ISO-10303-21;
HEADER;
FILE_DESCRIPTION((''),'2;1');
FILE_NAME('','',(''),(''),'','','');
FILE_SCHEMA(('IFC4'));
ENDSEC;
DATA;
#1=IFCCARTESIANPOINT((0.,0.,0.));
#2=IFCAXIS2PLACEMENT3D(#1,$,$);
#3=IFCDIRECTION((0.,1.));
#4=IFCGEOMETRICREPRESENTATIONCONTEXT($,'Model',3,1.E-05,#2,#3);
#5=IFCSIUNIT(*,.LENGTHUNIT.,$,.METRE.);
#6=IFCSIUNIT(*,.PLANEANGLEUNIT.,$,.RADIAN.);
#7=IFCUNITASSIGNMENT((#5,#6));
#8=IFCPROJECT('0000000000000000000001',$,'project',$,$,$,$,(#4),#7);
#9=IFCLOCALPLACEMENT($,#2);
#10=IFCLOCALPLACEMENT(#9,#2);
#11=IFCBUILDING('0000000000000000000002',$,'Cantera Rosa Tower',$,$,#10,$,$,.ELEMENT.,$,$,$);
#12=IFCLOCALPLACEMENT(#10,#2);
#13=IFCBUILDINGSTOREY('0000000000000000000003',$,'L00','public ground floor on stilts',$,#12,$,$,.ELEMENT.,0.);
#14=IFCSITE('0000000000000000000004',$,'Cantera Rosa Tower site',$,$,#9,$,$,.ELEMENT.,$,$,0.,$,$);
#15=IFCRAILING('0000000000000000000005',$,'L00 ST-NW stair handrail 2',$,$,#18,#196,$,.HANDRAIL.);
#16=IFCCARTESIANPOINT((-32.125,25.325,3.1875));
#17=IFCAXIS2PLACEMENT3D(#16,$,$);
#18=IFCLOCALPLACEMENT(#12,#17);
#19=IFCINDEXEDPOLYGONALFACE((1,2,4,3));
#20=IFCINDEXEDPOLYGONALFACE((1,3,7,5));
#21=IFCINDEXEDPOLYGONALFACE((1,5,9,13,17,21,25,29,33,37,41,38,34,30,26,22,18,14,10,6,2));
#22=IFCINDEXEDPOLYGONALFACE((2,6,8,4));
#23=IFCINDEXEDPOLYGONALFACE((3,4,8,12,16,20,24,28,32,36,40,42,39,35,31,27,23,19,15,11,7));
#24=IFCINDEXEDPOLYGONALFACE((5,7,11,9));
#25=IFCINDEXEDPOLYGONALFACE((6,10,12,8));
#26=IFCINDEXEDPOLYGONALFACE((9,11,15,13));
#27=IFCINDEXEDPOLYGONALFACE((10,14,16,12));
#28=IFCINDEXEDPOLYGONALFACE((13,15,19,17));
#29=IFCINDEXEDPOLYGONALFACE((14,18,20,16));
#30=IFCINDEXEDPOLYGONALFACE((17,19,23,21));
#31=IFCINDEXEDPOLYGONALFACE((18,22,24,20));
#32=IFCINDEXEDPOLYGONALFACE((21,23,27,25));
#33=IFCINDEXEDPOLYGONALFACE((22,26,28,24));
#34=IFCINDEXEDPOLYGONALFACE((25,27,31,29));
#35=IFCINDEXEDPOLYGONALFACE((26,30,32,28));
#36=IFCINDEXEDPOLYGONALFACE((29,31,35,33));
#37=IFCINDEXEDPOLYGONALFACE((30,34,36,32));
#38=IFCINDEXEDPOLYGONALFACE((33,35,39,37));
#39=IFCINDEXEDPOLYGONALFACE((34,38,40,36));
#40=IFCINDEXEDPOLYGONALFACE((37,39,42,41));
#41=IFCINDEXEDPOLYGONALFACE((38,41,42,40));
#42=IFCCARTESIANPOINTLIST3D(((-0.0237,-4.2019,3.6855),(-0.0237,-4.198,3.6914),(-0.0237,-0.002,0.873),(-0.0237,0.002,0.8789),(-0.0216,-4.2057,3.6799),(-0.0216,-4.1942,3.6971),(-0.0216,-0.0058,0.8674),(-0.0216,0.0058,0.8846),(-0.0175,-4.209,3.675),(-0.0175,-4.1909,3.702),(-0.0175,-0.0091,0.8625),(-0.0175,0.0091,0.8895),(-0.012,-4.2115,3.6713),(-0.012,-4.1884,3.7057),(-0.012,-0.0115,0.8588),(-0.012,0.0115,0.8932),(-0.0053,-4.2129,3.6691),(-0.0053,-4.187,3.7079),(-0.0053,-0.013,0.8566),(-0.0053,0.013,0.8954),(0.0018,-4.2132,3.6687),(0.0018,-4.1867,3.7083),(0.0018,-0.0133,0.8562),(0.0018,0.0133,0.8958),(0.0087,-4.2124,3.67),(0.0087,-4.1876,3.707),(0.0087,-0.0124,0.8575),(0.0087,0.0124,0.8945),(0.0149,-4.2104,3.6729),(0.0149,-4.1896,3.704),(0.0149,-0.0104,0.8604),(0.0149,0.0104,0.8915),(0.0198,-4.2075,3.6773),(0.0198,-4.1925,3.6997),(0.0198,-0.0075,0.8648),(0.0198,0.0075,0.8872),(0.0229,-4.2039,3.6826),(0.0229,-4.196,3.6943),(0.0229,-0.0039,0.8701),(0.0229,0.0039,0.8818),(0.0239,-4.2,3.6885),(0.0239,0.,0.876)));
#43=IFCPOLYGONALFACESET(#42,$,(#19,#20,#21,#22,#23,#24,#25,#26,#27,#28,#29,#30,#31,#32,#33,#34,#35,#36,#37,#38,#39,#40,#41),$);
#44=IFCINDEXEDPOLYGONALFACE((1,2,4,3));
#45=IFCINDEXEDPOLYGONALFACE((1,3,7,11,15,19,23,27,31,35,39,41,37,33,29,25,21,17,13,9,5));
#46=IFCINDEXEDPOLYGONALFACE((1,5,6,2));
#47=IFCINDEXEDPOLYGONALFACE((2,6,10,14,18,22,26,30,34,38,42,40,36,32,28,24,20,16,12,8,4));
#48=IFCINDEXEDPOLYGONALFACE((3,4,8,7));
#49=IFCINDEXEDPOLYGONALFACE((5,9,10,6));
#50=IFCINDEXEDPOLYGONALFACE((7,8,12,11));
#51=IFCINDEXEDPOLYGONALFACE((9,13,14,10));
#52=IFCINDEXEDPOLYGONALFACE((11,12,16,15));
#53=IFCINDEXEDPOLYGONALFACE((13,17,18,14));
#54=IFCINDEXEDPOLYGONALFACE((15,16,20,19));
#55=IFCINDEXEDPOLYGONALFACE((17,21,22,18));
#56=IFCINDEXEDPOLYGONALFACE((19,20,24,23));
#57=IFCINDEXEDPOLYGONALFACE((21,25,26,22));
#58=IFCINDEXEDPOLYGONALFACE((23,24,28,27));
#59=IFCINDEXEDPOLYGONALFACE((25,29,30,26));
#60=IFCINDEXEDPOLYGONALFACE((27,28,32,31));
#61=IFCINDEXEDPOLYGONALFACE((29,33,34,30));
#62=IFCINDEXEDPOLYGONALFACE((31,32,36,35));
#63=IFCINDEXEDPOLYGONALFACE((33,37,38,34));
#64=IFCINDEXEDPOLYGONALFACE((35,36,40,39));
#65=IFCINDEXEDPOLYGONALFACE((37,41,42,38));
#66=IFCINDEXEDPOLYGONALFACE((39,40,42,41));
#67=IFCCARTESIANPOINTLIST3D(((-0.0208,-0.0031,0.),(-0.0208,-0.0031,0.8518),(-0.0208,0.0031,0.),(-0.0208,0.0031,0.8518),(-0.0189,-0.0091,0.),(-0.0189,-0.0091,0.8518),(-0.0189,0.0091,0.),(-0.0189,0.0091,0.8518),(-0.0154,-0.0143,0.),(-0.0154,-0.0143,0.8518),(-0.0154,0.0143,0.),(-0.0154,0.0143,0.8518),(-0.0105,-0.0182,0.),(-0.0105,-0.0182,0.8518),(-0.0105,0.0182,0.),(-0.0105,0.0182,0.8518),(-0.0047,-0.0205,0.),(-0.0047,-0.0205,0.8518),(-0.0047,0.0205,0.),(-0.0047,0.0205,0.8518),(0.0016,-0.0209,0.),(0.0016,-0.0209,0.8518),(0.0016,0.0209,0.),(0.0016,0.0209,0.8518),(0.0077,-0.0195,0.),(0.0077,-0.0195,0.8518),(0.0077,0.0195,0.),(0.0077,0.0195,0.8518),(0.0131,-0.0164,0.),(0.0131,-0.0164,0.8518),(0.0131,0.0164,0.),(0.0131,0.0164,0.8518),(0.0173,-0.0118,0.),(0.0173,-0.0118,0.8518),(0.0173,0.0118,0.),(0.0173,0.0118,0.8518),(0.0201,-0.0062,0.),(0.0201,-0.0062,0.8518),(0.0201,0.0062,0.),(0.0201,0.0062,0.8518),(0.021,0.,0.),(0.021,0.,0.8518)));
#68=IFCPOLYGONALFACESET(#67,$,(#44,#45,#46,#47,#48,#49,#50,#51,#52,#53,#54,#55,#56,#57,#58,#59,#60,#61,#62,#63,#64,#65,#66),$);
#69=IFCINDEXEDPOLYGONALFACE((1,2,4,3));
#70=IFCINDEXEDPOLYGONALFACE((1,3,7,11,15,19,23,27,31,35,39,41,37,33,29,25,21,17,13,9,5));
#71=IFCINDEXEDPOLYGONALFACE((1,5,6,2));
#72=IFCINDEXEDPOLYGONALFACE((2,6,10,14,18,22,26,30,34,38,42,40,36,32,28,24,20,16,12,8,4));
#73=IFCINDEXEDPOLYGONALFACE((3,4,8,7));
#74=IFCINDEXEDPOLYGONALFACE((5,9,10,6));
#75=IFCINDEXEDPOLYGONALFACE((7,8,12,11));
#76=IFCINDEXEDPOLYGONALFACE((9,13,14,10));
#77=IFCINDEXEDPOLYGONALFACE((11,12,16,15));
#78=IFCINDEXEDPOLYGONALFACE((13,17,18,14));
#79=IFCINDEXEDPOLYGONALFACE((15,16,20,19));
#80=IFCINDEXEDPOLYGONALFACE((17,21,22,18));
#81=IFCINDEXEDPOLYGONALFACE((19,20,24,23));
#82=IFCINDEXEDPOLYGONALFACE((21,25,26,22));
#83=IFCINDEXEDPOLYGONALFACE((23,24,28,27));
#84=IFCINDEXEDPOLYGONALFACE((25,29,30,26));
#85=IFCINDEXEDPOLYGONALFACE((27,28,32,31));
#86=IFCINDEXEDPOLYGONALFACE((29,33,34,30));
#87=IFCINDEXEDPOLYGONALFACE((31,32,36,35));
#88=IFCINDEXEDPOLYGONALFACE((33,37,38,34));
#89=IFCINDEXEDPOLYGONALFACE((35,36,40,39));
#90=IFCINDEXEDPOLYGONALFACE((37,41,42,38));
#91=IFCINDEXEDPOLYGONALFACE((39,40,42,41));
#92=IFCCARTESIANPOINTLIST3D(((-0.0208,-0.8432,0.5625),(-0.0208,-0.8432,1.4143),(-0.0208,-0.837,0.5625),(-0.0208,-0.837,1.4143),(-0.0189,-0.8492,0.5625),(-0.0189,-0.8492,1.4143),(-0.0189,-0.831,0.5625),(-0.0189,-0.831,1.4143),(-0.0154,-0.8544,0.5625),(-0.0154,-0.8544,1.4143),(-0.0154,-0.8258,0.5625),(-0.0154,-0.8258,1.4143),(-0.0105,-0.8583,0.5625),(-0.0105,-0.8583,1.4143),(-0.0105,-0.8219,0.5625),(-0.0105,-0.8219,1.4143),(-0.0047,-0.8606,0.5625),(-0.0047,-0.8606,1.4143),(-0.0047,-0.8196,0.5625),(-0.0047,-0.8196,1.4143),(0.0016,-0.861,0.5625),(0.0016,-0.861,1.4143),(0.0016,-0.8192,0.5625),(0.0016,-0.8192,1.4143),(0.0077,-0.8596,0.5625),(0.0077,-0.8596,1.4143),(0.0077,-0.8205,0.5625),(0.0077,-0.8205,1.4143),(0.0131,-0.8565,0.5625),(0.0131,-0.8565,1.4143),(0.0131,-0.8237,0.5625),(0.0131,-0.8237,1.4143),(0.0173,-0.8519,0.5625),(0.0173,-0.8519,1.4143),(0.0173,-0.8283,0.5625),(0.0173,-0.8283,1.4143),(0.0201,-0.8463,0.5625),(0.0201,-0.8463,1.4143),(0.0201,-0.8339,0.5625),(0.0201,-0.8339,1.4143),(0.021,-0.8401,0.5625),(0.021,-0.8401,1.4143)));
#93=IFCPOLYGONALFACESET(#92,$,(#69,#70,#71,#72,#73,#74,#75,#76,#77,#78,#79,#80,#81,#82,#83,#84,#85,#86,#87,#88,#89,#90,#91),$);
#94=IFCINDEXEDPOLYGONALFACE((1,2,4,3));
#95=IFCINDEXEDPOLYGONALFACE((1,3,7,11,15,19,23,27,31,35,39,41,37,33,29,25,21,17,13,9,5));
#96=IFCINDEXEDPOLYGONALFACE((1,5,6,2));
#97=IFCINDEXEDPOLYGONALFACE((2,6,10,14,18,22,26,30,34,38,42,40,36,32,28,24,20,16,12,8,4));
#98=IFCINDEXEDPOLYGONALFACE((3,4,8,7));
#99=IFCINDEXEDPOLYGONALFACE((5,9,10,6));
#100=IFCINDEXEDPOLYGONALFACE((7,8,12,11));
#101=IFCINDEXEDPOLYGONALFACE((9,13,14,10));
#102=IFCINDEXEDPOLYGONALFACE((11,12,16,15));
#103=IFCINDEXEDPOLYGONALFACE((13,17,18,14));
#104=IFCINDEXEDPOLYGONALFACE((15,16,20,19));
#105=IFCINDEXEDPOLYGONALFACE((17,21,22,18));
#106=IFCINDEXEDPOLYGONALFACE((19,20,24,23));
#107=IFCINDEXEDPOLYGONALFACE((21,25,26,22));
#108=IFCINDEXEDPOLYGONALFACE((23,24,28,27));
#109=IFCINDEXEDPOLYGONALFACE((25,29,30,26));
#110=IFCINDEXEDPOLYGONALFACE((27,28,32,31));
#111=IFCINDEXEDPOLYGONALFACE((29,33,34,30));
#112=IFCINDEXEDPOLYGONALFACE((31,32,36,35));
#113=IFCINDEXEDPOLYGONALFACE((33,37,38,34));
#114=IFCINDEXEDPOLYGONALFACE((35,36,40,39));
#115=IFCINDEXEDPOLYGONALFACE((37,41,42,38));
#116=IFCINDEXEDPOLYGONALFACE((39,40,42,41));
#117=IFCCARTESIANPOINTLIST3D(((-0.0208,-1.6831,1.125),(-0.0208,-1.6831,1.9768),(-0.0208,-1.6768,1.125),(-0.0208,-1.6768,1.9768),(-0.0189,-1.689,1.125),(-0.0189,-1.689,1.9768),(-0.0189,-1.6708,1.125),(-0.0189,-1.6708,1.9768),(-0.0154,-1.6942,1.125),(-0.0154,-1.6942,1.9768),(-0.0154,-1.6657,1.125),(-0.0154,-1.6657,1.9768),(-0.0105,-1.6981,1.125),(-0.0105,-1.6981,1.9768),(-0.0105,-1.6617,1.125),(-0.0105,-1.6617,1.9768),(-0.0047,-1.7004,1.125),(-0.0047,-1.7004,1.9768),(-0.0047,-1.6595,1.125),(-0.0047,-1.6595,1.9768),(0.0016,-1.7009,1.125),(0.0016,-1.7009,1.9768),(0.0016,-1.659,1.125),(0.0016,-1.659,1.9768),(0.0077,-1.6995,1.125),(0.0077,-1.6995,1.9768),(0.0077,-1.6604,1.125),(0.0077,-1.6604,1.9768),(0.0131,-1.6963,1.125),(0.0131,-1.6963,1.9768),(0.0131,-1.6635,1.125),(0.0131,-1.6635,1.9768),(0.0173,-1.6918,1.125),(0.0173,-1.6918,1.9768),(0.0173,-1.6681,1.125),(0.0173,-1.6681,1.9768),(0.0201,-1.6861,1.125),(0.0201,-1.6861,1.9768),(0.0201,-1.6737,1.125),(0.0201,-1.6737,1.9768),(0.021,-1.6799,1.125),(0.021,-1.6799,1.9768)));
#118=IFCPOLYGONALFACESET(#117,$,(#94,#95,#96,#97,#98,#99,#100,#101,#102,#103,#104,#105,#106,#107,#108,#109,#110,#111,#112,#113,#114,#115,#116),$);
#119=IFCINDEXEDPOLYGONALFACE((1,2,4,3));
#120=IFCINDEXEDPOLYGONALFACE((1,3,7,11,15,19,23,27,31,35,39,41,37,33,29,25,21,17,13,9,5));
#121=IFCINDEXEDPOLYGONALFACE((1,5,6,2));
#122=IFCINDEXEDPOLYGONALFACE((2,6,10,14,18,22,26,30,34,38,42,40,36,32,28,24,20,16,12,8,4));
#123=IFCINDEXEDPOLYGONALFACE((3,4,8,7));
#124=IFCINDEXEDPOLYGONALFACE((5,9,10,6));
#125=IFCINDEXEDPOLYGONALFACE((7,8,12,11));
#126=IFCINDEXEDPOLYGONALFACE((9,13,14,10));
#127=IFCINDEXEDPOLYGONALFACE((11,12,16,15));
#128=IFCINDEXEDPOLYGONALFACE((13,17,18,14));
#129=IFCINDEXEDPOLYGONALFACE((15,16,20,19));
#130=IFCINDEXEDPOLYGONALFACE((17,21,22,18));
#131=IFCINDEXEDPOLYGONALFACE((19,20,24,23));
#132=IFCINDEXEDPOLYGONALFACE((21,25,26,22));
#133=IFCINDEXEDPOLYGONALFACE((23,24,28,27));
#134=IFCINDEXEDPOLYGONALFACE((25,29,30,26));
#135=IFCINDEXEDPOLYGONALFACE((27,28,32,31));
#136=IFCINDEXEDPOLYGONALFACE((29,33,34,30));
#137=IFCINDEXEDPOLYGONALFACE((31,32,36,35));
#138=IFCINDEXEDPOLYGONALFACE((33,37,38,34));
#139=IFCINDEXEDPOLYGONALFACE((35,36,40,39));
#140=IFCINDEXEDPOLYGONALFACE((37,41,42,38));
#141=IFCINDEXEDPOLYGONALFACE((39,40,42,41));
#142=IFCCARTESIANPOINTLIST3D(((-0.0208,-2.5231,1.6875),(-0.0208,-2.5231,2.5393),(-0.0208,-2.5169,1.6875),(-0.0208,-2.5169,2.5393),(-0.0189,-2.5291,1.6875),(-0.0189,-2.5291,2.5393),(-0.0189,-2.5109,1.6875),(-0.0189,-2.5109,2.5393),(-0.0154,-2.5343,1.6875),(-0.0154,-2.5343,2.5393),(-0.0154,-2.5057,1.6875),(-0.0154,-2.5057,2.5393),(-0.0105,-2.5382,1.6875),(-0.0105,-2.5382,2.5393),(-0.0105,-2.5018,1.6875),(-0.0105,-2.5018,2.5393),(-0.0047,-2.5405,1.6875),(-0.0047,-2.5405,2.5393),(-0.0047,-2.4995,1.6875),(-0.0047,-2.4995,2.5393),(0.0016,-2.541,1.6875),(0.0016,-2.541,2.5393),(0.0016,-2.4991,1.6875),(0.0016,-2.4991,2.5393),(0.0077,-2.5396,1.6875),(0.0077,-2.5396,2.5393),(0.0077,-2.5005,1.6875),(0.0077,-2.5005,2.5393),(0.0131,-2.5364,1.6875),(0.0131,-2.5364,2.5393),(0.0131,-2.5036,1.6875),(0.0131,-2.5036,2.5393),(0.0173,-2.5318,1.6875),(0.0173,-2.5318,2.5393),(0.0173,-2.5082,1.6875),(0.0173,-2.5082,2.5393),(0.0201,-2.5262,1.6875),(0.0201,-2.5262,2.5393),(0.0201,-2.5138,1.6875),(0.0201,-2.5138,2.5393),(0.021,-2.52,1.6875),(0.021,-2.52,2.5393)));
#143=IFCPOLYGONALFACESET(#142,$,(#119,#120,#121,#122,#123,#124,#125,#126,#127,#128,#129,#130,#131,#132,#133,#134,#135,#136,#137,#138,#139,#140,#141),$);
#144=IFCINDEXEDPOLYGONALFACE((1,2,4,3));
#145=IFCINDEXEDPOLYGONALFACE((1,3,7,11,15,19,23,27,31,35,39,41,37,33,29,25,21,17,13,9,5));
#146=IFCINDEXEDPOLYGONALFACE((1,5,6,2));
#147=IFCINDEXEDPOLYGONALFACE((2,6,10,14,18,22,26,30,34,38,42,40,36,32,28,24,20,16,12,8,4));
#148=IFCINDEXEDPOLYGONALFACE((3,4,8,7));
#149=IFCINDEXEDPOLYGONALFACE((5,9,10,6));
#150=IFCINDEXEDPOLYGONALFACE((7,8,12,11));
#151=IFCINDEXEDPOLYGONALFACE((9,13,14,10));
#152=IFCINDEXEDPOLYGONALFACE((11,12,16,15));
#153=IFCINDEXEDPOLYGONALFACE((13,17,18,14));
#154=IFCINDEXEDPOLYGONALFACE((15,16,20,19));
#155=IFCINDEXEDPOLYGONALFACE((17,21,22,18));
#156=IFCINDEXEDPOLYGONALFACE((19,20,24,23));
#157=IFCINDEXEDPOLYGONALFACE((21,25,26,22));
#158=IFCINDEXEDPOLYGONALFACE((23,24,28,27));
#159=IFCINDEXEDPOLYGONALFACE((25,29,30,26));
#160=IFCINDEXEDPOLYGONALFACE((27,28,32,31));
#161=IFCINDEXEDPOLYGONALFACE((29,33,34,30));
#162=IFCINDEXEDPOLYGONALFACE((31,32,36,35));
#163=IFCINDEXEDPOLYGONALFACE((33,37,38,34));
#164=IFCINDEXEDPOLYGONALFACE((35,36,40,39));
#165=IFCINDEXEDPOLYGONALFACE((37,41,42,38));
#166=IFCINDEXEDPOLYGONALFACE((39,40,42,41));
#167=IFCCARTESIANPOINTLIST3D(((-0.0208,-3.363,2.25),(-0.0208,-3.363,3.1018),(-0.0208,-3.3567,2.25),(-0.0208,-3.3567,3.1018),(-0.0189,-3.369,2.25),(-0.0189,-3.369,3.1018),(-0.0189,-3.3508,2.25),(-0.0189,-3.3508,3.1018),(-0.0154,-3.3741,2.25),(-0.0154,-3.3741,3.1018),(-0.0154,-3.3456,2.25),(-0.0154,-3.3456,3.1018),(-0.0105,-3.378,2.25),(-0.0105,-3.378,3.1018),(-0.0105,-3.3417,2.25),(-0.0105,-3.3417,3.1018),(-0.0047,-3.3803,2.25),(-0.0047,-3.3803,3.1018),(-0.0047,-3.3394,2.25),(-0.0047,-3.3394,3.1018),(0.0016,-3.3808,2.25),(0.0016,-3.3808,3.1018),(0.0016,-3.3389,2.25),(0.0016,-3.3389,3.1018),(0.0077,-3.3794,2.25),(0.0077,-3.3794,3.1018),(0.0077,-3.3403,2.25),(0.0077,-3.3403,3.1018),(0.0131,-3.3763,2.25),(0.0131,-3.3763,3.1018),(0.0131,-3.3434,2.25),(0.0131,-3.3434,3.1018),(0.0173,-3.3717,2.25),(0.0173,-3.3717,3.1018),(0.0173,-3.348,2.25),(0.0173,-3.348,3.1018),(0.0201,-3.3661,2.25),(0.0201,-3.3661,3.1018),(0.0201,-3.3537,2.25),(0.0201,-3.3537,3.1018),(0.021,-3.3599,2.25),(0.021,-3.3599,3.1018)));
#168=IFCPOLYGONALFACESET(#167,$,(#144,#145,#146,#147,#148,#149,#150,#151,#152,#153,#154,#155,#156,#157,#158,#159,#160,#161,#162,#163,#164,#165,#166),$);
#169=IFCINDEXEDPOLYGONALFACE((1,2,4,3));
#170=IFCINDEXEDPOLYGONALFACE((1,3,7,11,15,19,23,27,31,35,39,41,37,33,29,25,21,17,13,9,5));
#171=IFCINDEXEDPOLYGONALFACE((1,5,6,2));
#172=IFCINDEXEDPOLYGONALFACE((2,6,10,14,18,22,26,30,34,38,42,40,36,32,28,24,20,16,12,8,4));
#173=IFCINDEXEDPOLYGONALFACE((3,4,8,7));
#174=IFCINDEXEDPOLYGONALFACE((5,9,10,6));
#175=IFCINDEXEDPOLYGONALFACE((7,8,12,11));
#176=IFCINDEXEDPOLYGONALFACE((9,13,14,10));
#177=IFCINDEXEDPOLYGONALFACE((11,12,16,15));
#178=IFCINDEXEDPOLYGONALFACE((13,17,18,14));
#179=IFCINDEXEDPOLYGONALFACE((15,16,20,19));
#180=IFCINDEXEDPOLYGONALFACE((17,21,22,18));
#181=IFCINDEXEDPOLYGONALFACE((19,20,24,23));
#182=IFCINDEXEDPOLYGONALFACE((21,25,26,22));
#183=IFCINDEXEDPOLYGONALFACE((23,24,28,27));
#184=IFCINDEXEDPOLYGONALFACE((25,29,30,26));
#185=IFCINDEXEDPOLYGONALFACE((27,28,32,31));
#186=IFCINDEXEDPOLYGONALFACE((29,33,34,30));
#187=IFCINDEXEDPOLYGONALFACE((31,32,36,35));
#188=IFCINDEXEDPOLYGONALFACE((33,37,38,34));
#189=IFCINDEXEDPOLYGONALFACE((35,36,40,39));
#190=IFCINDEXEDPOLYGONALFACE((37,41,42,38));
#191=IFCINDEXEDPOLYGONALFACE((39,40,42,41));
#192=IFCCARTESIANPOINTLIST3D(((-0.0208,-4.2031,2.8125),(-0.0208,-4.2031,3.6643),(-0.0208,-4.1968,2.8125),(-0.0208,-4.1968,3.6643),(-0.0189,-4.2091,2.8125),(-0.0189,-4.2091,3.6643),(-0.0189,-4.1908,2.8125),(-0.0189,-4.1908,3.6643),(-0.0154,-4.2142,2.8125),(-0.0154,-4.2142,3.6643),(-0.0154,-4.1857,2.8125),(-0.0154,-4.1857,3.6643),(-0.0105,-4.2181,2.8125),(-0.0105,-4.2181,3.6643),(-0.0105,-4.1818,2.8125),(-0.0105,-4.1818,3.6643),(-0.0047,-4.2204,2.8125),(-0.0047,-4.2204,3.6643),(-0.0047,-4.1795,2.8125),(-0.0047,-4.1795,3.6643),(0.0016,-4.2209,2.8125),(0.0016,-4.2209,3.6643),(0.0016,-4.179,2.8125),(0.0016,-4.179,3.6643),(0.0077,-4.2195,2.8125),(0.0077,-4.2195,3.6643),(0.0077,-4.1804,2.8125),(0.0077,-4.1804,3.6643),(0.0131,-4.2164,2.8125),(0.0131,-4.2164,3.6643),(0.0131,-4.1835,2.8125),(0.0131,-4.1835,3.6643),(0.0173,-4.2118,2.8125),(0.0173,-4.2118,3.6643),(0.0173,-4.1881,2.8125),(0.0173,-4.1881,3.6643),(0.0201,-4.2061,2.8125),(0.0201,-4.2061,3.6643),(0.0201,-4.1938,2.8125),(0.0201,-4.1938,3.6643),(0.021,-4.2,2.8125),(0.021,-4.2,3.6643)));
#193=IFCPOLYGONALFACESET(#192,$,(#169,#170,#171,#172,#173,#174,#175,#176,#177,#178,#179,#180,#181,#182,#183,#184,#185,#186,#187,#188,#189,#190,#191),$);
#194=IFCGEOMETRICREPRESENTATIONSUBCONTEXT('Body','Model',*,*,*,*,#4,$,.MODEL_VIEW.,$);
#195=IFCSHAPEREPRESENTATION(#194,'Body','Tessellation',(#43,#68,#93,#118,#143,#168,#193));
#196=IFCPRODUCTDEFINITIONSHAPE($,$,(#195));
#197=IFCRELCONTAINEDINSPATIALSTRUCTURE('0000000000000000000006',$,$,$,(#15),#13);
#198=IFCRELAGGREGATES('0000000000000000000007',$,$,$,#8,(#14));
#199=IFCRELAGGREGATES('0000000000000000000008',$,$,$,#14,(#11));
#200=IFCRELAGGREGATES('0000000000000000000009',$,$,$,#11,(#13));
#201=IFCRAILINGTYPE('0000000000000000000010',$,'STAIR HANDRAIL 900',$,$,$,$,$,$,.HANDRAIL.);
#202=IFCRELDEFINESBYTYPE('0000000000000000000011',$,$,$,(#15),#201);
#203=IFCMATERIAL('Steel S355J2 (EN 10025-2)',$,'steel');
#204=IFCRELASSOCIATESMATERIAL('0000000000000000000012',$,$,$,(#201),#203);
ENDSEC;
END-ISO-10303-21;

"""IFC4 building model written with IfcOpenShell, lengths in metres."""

from ifc_helpers import new_model, si_unit, direction, frame, origin, origin_2d, place, context, subcontext, project, spatial, circle, extrude, material, type_object, element, save


model = new_model("IFC4")

# Units and contexts
model_context = context("Model", 3, precision=1e-05, world=origin(), true_north=direction((0.0, 1.0)))
body_context = subcontext(model_context, "Body", "Model", "MODEL_VIEW")
ifc_project = project(units=[si_unit("LENGTHUNIT", "METRE"), si_unit("PLANEANGLEUNIT", "RADIAN")], contexts=[model_context])

# Site, building, storey
site_placement = place(None, origin())
site = spatial("IfcSite", under=ifc_project, at=site_placement, Name="Cantera Rosa Tower site", CompositionType="ELEMENT", RefElevation=0.0)
building_placement = place(site_placement, origin())
building = spatial("IfcBuilding", under=site, at=building_placement, Name="Cantera Rosa Tower", CompositionType="ELEMENT")
storey_placement = place(building_placement, origin())
storey = spatial("IfcBuildingStorey", under=building, at=storey_placement, Name="L00", Description="public ground floor on stilts", CompositionType="ELEMENT", Elevation=0.0)

# Railing
ifc_material_1 = material(Name="Steel S355J2 (EN 10025-2)", Category="steel")
railing_type_1 = type_object("IfcRailingType", Name="STAIR HANDRAIL 900", PredefinedType="HANDRAIL", material=ifc_material_1)
for number, where, name in (
    (1, (-32.125, 25.325, 3.1875), "L00 ST-NW stair handrail 2"),
):
    element("IfcRailing", number, at=place(storey_placement, frame(where)), inside=storey, type_object=railing_type_1, Name=name, PredefinedType="HANDRAIL", context=body_context, shape_type="SweptSolid", body=[
        extrude(circle(Radius=0.0239, at=origin_2d()), frame((0.0, 0.0, 0.876), z_axis=(0.0, -0.830904, 0.556416), x_axis=(1.0, 0.0, 0.0)), (0.0, 0.0, 1.0), 5.0547),
        extrude(circle(Radius=0.021, at=origin_2d()), origin(), (0.0, 0.0, 1.0), 0.8518),
        extrude(circle(Radius=0.021, at=origin_2d()), frame((0.0, -0.8401, 0.5625)), (0.0, 0.0, 1.0), 0.8518),
        extrude(circle(Radius=0.021, at=origin_2d()), frame((0.0, -1.6799, 1.125)), (0.0, 0.0, 1.0), 0.8518),
        extrude(circle(Radius=0.021, at=origin_2d()), frame((0.0, -2.52, 1.6875)), (0.0, 0.0, 1.0), 0.8518),
        extrude(circle(Radius=0.021, at=origin_2d()), frame((0.0, -3.3599, 2.25)), (0.0, 0.0, 1.0), 0.8518),
        extrude(circle(Radius=0.021, at=origin_2d()), frame((0.0, -4.2, 2.8125)), (0.0, 0.0, 1.0), 0.8518),
    ])

save(model, "model.ifc")
